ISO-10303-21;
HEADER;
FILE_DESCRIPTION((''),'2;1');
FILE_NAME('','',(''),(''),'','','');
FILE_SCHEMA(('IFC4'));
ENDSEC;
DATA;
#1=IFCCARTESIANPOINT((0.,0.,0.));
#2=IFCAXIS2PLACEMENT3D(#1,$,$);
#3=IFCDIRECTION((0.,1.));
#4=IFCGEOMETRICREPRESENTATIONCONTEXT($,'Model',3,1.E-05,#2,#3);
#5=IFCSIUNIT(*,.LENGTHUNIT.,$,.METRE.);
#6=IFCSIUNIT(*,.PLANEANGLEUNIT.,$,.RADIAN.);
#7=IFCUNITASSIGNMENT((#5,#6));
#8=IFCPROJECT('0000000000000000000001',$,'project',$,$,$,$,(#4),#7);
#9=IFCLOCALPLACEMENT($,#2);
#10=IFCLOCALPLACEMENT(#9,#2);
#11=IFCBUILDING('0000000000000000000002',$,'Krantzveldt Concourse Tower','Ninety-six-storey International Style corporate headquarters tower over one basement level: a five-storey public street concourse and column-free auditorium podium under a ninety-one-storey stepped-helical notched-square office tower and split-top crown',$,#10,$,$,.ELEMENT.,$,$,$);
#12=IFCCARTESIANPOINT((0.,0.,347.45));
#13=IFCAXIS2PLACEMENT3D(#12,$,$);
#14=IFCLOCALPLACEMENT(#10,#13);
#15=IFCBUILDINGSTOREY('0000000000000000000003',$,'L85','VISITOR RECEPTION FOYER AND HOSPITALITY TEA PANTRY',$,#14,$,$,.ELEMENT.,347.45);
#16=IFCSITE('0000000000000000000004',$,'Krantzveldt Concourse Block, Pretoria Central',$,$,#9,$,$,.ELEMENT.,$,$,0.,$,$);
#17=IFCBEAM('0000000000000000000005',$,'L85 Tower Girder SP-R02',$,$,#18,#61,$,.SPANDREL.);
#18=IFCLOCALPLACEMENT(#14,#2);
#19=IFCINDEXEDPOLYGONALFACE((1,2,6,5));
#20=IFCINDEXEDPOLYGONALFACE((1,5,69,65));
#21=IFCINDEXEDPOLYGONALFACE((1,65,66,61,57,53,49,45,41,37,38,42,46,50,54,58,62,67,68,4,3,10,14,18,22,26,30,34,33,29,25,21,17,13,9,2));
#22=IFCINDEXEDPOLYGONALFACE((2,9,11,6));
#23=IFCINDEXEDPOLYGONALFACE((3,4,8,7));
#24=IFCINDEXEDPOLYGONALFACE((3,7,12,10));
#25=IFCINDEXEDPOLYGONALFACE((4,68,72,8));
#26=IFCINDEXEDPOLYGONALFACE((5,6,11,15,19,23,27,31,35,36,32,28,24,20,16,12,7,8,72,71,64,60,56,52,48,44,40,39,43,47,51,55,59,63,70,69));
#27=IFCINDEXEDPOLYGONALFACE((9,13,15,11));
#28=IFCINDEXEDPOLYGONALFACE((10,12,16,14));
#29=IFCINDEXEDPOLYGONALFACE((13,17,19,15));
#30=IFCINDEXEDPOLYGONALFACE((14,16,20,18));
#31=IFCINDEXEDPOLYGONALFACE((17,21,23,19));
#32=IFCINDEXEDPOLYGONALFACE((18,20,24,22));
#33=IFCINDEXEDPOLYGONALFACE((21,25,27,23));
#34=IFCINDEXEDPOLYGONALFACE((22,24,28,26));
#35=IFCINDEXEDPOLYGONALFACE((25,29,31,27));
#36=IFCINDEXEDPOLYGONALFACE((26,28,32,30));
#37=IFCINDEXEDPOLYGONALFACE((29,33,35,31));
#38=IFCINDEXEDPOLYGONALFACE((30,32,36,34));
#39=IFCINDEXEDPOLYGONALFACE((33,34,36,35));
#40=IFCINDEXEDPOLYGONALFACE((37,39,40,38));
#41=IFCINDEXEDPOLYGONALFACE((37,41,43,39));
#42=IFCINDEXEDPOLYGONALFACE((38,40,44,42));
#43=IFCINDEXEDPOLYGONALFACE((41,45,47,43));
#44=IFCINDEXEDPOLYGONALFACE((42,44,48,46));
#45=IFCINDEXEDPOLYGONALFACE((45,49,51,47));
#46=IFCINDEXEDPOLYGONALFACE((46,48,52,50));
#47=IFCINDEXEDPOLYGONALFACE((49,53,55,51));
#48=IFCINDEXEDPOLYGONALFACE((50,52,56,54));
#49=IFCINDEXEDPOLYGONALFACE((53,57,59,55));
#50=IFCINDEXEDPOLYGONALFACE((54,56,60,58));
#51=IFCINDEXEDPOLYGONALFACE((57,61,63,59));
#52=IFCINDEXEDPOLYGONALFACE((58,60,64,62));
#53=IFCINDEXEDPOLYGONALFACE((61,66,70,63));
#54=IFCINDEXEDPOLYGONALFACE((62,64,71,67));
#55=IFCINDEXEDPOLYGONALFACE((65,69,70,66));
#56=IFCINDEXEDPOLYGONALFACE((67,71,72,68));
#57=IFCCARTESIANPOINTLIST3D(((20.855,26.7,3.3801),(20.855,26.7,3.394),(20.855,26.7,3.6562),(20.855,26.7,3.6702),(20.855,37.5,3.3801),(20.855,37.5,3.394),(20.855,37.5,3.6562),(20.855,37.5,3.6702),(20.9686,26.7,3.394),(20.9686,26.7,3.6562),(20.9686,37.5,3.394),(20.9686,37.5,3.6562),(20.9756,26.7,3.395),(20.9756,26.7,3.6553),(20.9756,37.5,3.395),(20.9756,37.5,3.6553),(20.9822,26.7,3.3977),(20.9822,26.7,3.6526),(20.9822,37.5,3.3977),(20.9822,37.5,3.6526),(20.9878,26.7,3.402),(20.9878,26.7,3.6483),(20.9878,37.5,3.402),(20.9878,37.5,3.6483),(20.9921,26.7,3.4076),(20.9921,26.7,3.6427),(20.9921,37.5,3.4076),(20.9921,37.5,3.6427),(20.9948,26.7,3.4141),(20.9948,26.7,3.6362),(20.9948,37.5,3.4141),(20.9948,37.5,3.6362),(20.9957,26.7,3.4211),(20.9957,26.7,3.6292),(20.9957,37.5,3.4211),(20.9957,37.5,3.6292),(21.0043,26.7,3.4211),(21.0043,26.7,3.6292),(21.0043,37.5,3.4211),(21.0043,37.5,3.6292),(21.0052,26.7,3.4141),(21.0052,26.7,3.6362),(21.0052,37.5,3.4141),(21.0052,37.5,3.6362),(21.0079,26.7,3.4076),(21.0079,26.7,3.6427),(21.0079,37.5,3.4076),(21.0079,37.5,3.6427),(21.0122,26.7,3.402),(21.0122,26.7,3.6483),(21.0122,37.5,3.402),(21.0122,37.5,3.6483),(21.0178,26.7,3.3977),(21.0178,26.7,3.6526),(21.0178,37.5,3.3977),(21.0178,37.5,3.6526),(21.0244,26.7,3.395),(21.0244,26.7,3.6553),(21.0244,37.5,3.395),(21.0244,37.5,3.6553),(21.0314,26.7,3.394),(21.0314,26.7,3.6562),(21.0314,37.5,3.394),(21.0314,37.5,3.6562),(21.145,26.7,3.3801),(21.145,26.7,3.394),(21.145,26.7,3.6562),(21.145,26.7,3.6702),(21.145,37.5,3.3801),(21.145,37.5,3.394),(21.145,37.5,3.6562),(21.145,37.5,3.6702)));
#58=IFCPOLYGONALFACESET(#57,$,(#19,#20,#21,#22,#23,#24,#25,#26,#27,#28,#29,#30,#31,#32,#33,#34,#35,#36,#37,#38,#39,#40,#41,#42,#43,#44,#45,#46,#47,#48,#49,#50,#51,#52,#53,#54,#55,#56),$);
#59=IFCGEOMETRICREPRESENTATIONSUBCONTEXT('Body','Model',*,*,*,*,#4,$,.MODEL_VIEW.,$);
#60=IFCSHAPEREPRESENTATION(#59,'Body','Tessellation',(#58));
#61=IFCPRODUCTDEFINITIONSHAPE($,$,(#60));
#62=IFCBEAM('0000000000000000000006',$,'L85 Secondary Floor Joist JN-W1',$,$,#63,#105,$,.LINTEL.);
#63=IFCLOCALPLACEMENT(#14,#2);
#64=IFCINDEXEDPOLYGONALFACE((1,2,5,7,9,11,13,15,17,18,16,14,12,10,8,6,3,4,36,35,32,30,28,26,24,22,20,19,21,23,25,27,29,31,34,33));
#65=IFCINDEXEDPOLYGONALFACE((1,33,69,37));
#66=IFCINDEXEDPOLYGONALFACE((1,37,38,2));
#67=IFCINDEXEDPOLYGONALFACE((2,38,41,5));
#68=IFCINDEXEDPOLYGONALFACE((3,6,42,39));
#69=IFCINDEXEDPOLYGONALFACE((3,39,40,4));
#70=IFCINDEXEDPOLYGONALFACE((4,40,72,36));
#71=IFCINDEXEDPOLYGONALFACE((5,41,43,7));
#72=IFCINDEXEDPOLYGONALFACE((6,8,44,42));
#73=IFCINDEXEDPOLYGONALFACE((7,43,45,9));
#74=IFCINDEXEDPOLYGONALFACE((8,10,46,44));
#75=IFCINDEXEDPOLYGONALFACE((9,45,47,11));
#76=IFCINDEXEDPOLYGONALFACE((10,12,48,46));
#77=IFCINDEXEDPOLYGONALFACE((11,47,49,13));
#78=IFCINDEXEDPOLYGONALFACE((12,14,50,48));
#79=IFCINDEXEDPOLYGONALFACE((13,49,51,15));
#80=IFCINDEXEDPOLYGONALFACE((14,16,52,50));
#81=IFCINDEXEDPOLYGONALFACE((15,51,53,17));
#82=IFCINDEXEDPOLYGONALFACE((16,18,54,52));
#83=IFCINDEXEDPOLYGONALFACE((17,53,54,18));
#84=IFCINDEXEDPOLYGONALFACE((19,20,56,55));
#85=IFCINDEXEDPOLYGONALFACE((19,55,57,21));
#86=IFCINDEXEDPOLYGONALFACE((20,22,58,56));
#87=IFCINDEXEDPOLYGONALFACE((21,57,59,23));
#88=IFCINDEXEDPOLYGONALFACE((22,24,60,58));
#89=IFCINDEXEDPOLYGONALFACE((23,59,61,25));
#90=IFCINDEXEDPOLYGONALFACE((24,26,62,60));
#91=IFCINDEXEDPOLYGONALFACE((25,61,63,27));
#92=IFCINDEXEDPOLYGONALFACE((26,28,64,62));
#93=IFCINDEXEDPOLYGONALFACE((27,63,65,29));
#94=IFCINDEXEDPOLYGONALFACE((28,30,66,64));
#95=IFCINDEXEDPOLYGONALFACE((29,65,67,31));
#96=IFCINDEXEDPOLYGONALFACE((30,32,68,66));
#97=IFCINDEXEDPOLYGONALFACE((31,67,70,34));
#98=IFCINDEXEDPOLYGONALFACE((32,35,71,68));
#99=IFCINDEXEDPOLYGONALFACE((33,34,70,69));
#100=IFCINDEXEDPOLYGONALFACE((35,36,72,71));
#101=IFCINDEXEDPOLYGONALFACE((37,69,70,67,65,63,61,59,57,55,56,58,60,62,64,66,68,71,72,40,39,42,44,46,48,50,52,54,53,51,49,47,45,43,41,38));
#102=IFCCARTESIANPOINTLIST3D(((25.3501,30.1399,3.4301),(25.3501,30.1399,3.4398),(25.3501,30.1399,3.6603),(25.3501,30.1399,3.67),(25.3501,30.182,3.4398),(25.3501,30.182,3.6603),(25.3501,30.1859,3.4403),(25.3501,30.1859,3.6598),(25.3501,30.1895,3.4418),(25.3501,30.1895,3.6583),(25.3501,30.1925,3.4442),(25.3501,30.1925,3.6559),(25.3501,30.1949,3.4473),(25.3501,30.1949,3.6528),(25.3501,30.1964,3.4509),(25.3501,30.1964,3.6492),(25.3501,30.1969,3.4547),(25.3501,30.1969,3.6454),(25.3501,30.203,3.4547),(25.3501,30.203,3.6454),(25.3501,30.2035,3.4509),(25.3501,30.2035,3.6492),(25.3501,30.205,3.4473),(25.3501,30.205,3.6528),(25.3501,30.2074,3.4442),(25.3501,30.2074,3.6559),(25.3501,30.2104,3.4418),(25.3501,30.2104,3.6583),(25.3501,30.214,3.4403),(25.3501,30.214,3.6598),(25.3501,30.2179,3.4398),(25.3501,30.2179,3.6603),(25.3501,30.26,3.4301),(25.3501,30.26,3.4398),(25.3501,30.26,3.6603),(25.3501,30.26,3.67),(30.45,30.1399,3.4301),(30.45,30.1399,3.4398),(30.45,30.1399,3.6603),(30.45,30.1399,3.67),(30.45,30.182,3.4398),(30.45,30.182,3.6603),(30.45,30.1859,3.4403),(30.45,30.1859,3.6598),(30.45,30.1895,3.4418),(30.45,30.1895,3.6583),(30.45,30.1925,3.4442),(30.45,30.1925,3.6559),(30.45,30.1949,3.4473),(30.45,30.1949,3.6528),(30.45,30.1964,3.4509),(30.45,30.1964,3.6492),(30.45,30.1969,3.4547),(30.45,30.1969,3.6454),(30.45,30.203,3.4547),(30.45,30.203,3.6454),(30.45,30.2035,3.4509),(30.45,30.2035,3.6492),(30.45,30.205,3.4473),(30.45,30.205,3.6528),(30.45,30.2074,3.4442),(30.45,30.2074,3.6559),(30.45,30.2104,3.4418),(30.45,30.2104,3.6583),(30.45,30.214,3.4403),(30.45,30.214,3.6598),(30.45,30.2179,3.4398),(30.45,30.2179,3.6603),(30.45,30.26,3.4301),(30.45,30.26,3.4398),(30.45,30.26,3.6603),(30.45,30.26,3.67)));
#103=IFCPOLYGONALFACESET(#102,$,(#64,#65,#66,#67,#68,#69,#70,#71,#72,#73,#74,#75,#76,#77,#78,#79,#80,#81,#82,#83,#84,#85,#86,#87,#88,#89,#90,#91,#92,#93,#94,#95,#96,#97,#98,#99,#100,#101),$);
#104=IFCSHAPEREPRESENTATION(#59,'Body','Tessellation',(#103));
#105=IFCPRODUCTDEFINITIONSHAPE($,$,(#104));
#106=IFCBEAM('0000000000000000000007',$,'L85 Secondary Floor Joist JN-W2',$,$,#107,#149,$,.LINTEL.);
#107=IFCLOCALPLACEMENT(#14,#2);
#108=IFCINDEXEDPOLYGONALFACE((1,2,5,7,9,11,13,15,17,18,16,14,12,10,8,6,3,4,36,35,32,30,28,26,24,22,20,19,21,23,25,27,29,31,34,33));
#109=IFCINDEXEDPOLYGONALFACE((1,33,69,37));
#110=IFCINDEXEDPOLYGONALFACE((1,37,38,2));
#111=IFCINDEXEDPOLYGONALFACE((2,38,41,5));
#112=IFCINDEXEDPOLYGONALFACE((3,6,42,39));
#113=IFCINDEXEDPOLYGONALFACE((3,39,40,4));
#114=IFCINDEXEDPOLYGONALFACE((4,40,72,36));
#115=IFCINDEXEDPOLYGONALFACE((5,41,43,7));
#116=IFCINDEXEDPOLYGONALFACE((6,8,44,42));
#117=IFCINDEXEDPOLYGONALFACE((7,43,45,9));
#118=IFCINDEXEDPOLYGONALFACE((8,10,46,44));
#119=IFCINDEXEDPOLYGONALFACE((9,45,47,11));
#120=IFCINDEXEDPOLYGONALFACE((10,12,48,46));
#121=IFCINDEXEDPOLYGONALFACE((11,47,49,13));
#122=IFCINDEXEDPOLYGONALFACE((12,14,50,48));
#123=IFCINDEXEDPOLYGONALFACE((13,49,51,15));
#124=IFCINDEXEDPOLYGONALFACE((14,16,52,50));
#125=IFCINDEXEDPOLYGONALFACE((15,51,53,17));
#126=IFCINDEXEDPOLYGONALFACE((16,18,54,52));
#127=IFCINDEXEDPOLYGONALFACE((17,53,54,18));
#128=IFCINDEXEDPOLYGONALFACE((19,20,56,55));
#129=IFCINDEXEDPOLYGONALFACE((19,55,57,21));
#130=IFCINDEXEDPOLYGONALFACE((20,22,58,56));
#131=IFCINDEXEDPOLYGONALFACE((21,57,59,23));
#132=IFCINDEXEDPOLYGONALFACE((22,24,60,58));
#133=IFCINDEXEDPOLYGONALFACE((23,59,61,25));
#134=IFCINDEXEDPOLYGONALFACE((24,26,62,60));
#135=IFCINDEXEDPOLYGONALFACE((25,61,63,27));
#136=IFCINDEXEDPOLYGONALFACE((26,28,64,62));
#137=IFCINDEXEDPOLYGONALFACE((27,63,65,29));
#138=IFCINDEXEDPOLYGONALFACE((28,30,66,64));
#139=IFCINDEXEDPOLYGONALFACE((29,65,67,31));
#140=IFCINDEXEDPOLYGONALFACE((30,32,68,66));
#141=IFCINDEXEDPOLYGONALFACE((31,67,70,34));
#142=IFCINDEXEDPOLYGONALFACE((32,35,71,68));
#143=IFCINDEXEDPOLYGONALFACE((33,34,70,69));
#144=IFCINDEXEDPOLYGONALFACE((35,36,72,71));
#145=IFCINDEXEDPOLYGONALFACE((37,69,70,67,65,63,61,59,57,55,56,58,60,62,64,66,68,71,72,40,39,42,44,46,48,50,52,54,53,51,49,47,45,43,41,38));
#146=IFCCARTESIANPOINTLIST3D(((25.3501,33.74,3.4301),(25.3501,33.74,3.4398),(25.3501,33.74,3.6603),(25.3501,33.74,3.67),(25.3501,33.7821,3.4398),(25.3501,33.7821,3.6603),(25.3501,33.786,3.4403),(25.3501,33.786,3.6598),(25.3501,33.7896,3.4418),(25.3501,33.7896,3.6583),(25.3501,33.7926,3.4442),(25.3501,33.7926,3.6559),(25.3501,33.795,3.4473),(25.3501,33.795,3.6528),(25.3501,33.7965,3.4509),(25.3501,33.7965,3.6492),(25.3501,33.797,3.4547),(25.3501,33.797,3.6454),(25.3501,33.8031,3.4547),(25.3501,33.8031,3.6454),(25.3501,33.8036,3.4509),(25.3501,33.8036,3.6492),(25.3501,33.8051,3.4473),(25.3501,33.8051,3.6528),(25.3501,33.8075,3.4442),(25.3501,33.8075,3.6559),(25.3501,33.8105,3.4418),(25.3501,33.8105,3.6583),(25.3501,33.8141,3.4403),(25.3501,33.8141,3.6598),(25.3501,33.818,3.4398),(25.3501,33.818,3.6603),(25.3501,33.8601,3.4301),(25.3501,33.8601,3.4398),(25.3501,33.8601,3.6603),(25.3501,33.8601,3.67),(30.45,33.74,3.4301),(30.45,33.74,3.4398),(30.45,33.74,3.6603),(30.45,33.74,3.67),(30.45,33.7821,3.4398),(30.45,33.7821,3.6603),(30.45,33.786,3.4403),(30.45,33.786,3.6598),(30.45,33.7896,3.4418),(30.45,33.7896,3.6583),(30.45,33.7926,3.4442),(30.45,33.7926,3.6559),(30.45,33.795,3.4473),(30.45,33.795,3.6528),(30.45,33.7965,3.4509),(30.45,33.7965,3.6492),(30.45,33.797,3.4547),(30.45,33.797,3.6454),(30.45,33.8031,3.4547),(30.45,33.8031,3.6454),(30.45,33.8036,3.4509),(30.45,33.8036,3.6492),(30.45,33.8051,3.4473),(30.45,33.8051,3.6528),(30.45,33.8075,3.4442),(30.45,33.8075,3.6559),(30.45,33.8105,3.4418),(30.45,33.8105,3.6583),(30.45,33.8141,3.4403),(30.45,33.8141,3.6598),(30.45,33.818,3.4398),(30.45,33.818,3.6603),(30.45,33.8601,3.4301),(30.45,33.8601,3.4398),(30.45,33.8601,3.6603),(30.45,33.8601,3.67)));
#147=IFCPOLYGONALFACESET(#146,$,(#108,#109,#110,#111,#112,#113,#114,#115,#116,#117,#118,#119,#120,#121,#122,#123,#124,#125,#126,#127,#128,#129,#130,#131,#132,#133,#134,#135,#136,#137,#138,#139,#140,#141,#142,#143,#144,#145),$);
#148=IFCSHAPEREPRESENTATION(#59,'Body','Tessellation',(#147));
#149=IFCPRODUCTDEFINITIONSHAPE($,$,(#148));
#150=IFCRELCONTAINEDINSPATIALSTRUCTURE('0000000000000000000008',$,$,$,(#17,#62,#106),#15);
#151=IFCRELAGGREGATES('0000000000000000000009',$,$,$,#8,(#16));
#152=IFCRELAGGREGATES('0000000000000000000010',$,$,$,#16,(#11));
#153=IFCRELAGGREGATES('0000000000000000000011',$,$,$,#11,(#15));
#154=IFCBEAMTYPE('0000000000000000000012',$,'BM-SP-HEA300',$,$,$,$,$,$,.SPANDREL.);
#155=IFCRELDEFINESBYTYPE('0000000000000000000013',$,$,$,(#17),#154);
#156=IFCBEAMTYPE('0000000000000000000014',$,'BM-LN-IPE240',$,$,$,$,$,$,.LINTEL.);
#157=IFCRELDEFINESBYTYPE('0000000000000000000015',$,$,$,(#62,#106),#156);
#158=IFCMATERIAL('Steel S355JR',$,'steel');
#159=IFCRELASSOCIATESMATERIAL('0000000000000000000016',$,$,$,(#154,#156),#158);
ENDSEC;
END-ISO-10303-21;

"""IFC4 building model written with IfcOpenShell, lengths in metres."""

from ifc_helpers import new_model, si_unit, direction, frame, origin, origin_2d, place, context, subcontext, project, spatial, i_section, extrude, source, transform, mapped, material, material_profile, profile_set, type_object, type_shapes, element, save


model = new_model("IFC4")

# Units and contexts
model_context = context("Model", 3, precision=1e-05, world=origin(), true_north=direction((0.0, 1.0)))
body_context = subcontext(model_context, "Body", "Model", "MODEL_VIEW")
ifc_project = project(units=[si_unit("LENGTHUNIT", "METRE"), si_unit("PLANEANGLEUNIT", "RADIAN")], contexts=[model_context])

# Site, building, storey
site_placement = place(None, origin())
site = spatial("IfcSite", under=ifc_project, at=site_placement, Name="Krantzveldt Concourse Block, Pretoria Central", CompositionType="ELEMENT", RefElevation=0.0)
building_placement = place(site_placement, origin())
building = spatial("IfcBuilding", under=site, at=building_placement, Name="Krantzveldt Concourse Tower", Description="Ninety-six-storey International Style corporate headquarters tower over one basement level: a five-storey public street concourse and column-free auditorium podium under a ninety-one-storey stepped-helical notched-square office tower and split-top crown", CompositionType="ELEMENT")
storey_placement = place(building_placement, frame((0.0, 0.0, 347.45)))
storey = spatial("IfcBuildingStorey", under=building, at=storey_placement, Name="L85", Description="VISITOR RECEPTION FOYER AND HOSPITALITY TEA PANTRY", CompositionType="ELEMENT", Elevation=347.45)

# Beams
ifc_material_1 = material(Name="Steel S355JR", Category="steel")
ifc_material_profile_1 = material_profile(ifc_material_1, i_section(OverallWidth=0.29, OverallDepth=0.29, WebThickness=0.0085, FlangeThickness=0.0139, FilletRadius=0.0271, at=origin_2d()), Name="Steel S355JR", Category="steel")
ifc_profile_set_1 = profile_set([ifc_material_profile_1], Name="Steel S355JR - HEA 300")
beam_type_1 = type_object("IfcBeamType", Name="BM-SP-HEA300", PredefinedType="SPANDREL", material=ifc_profile_set_1)
shared_shape_1 = source(origin(), body_context, "Body", "SweptSolid", [
    extrude(i_section(OverallWidth=0.29, OverallDepth=0.29, WebThickness=0.0085, FlangeThickness=0.0139, FilletRadius=0.0271, at=origin_2d()), origin(), (0.0, 0.0, 1.0), 10.8),
])
type_shapes(beam_type_1, [shared_shape_1])
beam_1_placement = place(storey_placement, frame((21.0, 26.7, 3.5251), z_axis=(0.0, 1.0, 0.0), x_axis=(-1.0, 0.0, 0.0)))
element("IfcBeam", 1, at=beam_1_placement, inside=storey, type_object=beam_type_1, Name="L85 Tower Girder SP-R02", PredefinedType="SPANDREL", context=body_context, shape_type="MappedRepresentation", body=[
    mapped(shared_shape_1, transform((0.0, 0.0, 0.0), x_axis=(1.0, 0.0, 0.0), y_axis=(0.0, 1.0, 0.0), z_axis=(0.0, 0.0, 1.0), scale=1.0)),
])
ifc_material_profile_2 = material_profile(ifc_material_1, i_section(OverallWidth=0.1201, OverallDepth=0.24, WebThickness=0.0061, FlangeThickness=0.0098, FilletRadius=0.0149, at=origin_2d()), Name="Steel S355JR", Category="steel")
ifc_profile_set_2 = profile_set([ifc_material_profile_2], Name="Steel S355JR - IPE 240")
beam_type_2 = type_object("IfcBeamType", Name="BM-LN-IPE240", PredefinedType="LINTEL", material=ifc_profile_set_2)
shared_shape_2 = source(origin(), body_context, "Body", "SweptSolid", [
    extrude(i_section(OverallWidth=0.1201, OverallDepth=0.24, WebThickness=0.0061, FlangeThickness=0.0098, FilletRadius=0.0149, at=origin_2d()), origin(), (0.0, 0.0, 1.0), 5.0999),
])
type_shapes(beam_type_2, [shared_shape_2])
for number, where, z_axis, x_axis, name in (
    (2, (25.3501, 30.2, 3.55), (1.0, 0.0, 0.0), (0.0, 1.0, 0.0), "L85 Secondary Floor Joist JN-W1"),
    (3, (25.3501, 33.8, 3.55), (1.0, 0.0, 0.0), (0.0, 1.0, 0.0), "L85 Secondary Floor Joist JN-W2"),
):
    element("IfcBeam", number, at=place(storey_placement, frame(where, z_axis=z_axis, x_axis=x_axis)), inside=storey, type_object=beam_type_2, Name=name, PredefinedType="LINTEL", context=body_context, shape_type="MappedRepresentation", body=[
        mapped(shared_shape_2, transform((0.0, 0.0, 0.0), x_axis=(1.0, 0.0, 0.0), y_axis=(0.0, 1.0, 0.0), z_axis=(0.0, 0.0, 1.0), scale=1.0)),
    ])

save(model, "model.ifc")
